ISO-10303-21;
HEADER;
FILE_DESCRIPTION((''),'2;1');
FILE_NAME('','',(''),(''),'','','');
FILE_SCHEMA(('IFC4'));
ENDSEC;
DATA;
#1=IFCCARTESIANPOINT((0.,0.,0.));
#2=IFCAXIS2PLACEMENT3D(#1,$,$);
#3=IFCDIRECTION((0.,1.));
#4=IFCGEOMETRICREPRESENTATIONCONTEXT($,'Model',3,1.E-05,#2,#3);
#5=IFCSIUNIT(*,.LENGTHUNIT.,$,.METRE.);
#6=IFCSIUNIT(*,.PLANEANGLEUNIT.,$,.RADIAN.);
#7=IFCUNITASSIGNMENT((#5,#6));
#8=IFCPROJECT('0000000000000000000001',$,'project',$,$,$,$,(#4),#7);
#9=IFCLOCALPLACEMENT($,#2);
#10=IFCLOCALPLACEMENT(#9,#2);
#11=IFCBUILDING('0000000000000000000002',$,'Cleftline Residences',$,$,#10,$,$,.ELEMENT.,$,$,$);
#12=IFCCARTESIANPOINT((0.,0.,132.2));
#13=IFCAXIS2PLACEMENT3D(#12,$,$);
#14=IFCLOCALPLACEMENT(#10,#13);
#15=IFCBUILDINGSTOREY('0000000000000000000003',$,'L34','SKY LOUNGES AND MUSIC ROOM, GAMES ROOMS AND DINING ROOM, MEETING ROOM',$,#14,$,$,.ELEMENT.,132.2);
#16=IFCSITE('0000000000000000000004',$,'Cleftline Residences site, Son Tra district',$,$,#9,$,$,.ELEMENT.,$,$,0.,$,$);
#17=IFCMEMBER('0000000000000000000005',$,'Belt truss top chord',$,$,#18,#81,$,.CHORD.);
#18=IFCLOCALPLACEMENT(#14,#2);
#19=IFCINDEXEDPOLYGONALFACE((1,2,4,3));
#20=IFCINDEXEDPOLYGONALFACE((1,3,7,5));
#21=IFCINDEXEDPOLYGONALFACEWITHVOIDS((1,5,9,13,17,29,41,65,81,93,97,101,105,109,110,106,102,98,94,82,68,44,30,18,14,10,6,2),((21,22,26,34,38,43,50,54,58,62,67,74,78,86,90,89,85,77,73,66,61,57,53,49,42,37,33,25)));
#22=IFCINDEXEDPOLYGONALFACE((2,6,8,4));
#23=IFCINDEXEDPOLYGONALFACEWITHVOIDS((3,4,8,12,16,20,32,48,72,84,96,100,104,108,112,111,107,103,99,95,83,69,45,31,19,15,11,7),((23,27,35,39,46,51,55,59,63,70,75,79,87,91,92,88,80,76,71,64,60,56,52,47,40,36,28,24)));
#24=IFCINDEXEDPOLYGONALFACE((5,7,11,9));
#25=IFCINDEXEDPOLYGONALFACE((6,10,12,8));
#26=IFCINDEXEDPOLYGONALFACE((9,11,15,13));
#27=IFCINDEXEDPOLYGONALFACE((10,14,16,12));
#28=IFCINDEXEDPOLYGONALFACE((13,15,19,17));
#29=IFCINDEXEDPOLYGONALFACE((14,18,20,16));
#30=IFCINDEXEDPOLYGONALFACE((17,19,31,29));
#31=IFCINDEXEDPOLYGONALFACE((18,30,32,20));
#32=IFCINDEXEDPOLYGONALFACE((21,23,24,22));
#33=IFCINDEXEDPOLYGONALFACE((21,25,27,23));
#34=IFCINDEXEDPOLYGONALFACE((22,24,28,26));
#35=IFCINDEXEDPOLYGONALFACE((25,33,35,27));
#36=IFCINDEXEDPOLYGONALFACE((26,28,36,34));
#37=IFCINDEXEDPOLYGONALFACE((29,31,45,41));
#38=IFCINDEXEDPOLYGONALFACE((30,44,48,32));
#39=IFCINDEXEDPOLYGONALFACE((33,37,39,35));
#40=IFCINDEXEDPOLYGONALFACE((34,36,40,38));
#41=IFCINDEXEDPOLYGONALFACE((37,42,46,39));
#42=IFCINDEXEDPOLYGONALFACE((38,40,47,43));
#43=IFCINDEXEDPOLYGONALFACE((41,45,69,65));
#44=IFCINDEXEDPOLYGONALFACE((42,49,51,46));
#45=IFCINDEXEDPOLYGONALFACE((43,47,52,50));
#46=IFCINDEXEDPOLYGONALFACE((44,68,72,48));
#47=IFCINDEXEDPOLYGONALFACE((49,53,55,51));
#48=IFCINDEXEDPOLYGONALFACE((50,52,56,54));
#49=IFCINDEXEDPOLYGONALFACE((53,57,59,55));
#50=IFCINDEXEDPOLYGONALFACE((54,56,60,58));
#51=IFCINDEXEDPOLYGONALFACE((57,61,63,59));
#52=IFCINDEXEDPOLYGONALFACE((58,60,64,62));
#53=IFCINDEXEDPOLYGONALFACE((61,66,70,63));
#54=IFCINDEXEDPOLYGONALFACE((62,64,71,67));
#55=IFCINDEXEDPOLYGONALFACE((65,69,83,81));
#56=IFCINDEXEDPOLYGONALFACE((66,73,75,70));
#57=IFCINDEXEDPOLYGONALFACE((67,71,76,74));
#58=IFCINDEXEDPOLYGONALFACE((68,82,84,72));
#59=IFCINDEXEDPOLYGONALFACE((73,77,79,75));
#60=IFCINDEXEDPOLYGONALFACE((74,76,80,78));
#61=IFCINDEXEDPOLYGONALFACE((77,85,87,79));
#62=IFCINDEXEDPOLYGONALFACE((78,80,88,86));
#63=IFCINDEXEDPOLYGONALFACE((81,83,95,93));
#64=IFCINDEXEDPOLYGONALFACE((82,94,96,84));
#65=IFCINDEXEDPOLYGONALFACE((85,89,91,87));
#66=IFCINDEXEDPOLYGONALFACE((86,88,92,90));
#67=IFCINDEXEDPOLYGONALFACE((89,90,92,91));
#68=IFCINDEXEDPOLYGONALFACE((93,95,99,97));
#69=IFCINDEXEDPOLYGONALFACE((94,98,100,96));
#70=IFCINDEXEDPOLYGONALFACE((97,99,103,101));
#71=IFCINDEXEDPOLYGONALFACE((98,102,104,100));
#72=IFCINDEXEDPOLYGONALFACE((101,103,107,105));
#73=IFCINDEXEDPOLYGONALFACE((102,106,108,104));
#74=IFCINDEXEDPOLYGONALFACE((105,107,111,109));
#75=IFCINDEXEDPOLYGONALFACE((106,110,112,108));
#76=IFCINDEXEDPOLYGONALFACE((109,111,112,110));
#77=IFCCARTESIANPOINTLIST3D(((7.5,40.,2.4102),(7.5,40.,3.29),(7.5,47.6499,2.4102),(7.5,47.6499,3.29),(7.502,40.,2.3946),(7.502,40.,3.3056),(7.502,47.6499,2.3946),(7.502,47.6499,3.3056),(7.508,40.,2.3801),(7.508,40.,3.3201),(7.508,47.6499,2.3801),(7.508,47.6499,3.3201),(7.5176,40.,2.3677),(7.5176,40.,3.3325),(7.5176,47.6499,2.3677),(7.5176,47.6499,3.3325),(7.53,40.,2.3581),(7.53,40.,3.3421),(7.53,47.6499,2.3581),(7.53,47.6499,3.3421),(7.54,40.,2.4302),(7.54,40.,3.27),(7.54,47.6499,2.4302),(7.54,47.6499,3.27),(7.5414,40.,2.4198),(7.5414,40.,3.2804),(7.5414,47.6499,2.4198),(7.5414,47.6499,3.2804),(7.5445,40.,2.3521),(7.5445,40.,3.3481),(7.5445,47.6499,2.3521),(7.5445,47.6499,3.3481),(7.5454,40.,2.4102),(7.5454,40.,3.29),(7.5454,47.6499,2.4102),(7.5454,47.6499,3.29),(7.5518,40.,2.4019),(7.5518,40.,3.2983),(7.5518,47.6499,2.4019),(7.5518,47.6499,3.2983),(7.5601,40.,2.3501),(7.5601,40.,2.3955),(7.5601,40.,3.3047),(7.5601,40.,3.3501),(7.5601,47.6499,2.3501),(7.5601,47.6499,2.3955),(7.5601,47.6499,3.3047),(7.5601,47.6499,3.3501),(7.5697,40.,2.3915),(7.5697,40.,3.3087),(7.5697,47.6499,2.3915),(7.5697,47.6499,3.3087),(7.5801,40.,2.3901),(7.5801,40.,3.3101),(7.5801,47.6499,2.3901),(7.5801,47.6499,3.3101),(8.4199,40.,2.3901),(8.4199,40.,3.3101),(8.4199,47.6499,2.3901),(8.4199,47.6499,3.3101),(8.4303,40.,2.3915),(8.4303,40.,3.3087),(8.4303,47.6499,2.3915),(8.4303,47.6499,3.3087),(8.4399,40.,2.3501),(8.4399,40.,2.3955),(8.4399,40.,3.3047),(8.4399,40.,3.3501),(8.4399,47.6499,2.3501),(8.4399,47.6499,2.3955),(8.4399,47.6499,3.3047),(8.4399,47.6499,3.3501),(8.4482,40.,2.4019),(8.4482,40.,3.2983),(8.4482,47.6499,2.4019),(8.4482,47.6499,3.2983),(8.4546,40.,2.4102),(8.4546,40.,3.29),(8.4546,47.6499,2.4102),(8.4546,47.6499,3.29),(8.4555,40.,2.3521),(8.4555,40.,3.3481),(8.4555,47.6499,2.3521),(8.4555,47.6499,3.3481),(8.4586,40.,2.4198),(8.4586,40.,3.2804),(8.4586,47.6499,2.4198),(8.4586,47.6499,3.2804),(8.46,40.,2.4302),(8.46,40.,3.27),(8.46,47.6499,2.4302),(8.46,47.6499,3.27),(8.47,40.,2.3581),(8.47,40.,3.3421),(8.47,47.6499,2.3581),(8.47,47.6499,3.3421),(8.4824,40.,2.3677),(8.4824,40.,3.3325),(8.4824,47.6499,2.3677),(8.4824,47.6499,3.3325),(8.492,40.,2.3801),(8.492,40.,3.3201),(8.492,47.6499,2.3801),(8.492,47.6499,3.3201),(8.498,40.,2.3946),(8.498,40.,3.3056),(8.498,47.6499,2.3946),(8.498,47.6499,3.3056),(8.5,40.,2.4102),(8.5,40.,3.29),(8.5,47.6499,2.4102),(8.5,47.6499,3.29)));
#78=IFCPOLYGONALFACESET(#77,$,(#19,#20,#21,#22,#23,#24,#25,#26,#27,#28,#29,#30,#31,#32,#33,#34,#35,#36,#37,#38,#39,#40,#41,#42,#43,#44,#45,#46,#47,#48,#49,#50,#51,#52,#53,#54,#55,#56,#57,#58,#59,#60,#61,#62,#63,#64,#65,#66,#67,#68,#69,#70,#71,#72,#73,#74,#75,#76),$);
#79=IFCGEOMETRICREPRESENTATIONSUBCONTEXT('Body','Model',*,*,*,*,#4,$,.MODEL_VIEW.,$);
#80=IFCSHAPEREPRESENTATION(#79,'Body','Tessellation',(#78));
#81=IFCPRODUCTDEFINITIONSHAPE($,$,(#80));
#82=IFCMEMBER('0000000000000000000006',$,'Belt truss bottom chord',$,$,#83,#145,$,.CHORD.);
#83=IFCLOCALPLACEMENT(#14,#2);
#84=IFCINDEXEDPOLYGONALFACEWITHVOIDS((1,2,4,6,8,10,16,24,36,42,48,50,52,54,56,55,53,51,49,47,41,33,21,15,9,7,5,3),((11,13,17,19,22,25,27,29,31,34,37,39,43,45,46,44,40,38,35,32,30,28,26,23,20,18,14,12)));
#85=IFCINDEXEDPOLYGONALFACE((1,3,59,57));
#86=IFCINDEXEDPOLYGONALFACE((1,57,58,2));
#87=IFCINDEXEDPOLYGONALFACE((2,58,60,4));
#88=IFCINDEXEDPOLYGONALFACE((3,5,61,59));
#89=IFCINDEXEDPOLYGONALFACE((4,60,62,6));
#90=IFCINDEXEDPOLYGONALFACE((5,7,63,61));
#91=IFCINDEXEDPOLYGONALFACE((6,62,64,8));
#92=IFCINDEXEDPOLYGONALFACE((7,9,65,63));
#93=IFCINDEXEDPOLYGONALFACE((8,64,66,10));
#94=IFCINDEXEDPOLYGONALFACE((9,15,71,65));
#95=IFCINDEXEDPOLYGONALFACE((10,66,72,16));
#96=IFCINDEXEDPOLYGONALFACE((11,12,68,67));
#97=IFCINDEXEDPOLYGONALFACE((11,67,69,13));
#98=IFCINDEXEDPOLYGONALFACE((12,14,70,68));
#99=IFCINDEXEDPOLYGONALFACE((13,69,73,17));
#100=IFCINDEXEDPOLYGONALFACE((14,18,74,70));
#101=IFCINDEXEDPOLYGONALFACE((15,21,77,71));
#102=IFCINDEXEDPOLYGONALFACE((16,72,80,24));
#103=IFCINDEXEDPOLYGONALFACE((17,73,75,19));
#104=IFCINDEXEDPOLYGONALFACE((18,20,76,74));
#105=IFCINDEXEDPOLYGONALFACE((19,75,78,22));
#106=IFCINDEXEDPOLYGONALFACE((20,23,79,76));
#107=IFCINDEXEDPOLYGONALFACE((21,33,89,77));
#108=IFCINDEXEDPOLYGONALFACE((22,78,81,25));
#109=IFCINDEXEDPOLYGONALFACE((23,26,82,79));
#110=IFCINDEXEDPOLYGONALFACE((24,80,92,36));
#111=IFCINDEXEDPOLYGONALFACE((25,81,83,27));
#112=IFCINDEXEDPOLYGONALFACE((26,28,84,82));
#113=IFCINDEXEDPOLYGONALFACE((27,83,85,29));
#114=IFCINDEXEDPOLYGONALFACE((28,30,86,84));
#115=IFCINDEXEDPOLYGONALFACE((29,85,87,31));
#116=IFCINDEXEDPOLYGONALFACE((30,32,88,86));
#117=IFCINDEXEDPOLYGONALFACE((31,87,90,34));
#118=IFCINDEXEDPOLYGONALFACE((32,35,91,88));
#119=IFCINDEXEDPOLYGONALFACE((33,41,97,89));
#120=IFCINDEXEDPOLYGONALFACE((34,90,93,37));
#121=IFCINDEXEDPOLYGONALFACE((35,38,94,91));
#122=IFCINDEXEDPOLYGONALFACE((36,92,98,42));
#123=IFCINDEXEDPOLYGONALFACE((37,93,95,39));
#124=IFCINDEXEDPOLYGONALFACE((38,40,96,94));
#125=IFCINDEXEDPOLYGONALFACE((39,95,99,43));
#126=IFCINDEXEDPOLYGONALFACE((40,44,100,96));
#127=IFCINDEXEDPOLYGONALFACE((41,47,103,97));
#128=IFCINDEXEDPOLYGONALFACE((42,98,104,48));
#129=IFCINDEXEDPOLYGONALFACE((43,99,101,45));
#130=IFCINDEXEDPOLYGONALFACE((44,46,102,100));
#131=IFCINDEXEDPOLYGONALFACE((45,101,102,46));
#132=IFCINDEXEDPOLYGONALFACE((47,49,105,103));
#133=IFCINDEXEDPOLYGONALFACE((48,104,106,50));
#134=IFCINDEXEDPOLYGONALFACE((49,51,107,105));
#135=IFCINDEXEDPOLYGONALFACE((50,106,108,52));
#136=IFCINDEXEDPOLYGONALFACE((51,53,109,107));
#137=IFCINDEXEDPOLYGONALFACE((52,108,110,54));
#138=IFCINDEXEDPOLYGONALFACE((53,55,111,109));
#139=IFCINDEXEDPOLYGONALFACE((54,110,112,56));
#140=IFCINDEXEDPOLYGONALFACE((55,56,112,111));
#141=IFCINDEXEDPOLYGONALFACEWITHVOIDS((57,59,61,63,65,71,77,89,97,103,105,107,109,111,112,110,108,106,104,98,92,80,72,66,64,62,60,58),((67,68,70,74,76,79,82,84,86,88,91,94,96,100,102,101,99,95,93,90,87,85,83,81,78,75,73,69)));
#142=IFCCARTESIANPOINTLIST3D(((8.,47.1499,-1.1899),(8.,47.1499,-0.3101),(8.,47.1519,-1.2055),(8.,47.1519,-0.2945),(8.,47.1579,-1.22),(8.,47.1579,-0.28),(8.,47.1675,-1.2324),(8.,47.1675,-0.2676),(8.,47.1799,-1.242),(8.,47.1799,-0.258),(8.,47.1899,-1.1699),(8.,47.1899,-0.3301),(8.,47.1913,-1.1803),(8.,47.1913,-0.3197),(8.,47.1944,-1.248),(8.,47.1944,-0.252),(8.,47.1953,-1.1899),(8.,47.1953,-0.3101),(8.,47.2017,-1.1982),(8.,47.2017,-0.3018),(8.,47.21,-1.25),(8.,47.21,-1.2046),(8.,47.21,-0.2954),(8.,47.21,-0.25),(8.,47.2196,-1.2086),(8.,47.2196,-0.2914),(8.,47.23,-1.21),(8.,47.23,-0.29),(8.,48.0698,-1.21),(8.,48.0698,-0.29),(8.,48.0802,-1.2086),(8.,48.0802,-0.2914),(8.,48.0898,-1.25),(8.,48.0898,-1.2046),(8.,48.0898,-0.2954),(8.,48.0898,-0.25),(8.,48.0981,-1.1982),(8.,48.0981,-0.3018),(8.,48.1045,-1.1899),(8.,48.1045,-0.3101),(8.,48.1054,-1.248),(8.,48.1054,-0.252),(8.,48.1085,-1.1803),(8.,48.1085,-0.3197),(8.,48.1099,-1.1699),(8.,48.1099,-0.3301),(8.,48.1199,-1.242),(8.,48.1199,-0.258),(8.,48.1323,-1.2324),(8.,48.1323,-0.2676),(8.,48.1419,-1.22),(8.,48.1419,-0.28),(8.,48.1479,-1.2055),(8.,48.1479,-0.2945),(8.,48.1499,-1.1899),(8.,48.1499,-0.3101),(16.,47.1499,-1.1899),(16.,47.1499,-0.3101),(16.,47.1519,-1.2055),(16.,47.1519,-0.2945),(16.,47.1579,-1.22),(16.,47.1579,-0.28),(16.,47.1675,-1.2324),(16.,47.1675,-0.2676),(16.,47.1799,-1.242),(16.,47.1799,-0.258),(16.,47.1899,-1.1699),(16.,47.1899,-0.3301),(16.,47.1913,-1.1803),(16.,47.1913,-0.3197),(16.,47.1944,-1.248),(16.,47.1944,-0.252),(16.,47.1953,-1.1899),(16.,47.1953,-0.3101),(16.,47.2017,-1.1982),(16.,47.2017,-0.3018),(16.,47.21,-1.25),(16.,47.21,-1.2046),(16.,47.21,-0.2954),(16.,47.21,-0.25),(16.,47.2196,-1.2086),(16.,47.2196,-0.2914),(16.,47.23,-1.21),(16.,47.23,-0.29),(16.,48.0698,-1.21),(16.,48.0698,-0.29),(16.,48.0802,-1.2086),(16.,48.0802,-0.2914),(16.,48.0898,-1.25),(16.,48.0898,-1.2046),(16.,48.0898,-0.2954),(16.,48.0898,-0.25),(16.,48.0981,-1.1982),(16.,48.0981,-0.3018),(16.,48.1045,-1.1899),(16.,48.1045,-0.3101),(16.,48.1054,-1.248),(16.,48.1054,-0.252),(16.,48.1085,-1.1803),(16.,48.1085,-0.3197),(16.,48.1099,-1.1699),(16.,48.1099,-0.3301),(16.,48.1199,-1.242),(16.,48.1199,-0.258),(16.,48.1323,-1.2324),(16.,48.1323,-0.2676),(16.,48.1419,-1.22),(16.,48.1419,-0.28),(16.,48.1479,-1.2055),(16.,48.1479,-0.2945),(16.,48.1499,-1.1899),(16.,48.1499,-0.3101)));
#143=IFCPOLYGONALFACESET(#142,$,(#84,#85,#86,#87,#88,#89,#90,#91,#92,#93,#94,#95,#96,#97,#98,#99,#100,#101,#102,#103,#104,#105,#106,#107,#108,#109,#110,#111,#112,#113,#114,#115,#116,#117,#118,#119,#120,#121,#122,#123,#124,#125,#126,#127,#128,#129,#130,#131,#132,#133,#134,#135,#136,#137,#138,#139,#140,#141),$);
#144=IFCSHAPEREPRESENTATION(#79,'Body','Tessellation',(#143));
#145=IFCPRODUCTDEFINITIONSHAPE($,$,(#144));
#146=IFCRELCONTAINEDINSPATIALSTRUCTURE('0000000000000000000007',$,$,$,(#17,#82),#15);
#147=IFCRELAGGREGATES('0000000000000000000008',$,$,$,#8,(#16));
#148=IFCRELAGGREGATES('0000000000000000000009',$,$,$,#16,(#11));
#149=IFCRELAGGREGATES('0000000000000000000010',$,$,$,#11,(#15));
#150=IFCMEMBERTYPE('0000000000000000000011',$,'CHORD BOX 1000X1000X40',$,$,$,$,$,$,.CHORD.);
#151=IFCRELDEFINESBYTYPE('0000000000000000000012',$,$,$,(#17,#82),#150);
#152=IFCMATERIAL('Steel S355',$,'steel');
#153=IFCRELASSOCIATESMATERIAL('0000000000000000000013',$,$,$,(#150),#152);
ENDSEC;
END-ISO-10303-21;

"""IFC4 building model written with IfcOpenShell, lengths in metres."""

from ifc_helpers import new_model, si_unit, direction, frame, origin, origin_2d, place, context, subcontext, project, spatial, hollow_rectangle, extrude, material, material_profile, profile_set, type_object, element, save


model = new_model("IFC4")

# Units and contexts
model_context = context("Model", 3, precision=1e-05, world=origin(), true_north=direction((0.0, 1.0)))
body_context = subcontext(model_context, "Body", "Model", "MODEL_VIEW")
ifc_project = project(units=[si_unit("LENGTHUNIT", "METRE"), si_unit("PLANEANGLEUNIT", "RADIAN")], contexts=[model_context])

# Site, building, storey
site_placement = place(None, origin())
site = spatial("IfcSite", under=ifc_project, at=site_placement, Name="Cleftline Residences site, Son Tra district", CompositionType="ELEMENT", RefElevation=0.0)
building_placement = place(site_placement, origin())
building = spatial("IfcBuilding", under=site, at=building_placement, Name="Cleftline Residences", CompositionType="ELEMENT")
storey_placement = place(building_placement, frame((0.0, 0.0, 132.2)))
storey = spatial("IfcBuildingStorey", under=building, at=storey_placement, Name="L34", Description="SKY LOUNGES AND MUSIC ROOM, GAMES ROOMS AND DINING ROOM, MEETING ROOM", CompositionType="ELEMENT", Elevation=132.2)

# Members
ifc_material_1 = material(Name="Steel S355", Category="steel")
ifc_material_profile_1 = material_profile(ifc_material_1, hollow_rectangle(XDim=1.0, YDim=1.0, WallThickness=0.04, InnerFilletRadius=0.04, OuterFilletRadius=0.0601, at=origin_2d()))
ifc_profile_set_1 = profile_set([ifc_material_profile_1], Name="Steel S355")
member_type_1 = type_object("IfcMemberType", Name="CHORD BOX 1000X1000X40", PredefinedType="CHORD", material=ifc_profile_set_1)
for number, where, z_axis, x_axis, name in (
    (1, (8.0, 40.0, 2.8501), (0.0, 1.0, 0.0), (-1.0, 0.0, 0.0), "Belt truss top chord"),
):
    element("IfcMember", number, at=place(storey_placement, frame(where, z_axis=z_axis, x_axis=x_axis)), inside=storey, type_object=member_type_1, Name=name, PredefinedType="CHORD", context=body_context, shape_type="SweptSolid", body=[
        extrude(hollow_rectangle(XDim=1.0, YDim=1.0, WallThickness=0.04, InnerFilletRadius=0.04, OuterFilletRadius=0.0601, at=origin_2d()), origin(), (0.0, 0.0, 1.0), 7.6499),
    ])
member_1_placement = place(storey_placement, frame((8.0, 47.6499, -0.75), z_axis=(1.0, 0.0, 0.0), x_axis=(0.0, 1.0, 0.0)))
element("IfcMember", 2, at=member_1_placement, inside=storey, type_object=member_type_1, Name="Belt truss bottom chord", PredefinedType="CHORD", context=body_context, shape_type="SweptSolid", body=[
    extrude(hollow_rectangle(XDim=1.0, YDim=1.0, WallThickness=0.04, InnerFilletRadius=0.04, OuterFilletRadius=0.0601, at=origin_2d()), origin(), (0.0, 0.0, 1.0), 8.0),
])

save(model, "model.ifc")
